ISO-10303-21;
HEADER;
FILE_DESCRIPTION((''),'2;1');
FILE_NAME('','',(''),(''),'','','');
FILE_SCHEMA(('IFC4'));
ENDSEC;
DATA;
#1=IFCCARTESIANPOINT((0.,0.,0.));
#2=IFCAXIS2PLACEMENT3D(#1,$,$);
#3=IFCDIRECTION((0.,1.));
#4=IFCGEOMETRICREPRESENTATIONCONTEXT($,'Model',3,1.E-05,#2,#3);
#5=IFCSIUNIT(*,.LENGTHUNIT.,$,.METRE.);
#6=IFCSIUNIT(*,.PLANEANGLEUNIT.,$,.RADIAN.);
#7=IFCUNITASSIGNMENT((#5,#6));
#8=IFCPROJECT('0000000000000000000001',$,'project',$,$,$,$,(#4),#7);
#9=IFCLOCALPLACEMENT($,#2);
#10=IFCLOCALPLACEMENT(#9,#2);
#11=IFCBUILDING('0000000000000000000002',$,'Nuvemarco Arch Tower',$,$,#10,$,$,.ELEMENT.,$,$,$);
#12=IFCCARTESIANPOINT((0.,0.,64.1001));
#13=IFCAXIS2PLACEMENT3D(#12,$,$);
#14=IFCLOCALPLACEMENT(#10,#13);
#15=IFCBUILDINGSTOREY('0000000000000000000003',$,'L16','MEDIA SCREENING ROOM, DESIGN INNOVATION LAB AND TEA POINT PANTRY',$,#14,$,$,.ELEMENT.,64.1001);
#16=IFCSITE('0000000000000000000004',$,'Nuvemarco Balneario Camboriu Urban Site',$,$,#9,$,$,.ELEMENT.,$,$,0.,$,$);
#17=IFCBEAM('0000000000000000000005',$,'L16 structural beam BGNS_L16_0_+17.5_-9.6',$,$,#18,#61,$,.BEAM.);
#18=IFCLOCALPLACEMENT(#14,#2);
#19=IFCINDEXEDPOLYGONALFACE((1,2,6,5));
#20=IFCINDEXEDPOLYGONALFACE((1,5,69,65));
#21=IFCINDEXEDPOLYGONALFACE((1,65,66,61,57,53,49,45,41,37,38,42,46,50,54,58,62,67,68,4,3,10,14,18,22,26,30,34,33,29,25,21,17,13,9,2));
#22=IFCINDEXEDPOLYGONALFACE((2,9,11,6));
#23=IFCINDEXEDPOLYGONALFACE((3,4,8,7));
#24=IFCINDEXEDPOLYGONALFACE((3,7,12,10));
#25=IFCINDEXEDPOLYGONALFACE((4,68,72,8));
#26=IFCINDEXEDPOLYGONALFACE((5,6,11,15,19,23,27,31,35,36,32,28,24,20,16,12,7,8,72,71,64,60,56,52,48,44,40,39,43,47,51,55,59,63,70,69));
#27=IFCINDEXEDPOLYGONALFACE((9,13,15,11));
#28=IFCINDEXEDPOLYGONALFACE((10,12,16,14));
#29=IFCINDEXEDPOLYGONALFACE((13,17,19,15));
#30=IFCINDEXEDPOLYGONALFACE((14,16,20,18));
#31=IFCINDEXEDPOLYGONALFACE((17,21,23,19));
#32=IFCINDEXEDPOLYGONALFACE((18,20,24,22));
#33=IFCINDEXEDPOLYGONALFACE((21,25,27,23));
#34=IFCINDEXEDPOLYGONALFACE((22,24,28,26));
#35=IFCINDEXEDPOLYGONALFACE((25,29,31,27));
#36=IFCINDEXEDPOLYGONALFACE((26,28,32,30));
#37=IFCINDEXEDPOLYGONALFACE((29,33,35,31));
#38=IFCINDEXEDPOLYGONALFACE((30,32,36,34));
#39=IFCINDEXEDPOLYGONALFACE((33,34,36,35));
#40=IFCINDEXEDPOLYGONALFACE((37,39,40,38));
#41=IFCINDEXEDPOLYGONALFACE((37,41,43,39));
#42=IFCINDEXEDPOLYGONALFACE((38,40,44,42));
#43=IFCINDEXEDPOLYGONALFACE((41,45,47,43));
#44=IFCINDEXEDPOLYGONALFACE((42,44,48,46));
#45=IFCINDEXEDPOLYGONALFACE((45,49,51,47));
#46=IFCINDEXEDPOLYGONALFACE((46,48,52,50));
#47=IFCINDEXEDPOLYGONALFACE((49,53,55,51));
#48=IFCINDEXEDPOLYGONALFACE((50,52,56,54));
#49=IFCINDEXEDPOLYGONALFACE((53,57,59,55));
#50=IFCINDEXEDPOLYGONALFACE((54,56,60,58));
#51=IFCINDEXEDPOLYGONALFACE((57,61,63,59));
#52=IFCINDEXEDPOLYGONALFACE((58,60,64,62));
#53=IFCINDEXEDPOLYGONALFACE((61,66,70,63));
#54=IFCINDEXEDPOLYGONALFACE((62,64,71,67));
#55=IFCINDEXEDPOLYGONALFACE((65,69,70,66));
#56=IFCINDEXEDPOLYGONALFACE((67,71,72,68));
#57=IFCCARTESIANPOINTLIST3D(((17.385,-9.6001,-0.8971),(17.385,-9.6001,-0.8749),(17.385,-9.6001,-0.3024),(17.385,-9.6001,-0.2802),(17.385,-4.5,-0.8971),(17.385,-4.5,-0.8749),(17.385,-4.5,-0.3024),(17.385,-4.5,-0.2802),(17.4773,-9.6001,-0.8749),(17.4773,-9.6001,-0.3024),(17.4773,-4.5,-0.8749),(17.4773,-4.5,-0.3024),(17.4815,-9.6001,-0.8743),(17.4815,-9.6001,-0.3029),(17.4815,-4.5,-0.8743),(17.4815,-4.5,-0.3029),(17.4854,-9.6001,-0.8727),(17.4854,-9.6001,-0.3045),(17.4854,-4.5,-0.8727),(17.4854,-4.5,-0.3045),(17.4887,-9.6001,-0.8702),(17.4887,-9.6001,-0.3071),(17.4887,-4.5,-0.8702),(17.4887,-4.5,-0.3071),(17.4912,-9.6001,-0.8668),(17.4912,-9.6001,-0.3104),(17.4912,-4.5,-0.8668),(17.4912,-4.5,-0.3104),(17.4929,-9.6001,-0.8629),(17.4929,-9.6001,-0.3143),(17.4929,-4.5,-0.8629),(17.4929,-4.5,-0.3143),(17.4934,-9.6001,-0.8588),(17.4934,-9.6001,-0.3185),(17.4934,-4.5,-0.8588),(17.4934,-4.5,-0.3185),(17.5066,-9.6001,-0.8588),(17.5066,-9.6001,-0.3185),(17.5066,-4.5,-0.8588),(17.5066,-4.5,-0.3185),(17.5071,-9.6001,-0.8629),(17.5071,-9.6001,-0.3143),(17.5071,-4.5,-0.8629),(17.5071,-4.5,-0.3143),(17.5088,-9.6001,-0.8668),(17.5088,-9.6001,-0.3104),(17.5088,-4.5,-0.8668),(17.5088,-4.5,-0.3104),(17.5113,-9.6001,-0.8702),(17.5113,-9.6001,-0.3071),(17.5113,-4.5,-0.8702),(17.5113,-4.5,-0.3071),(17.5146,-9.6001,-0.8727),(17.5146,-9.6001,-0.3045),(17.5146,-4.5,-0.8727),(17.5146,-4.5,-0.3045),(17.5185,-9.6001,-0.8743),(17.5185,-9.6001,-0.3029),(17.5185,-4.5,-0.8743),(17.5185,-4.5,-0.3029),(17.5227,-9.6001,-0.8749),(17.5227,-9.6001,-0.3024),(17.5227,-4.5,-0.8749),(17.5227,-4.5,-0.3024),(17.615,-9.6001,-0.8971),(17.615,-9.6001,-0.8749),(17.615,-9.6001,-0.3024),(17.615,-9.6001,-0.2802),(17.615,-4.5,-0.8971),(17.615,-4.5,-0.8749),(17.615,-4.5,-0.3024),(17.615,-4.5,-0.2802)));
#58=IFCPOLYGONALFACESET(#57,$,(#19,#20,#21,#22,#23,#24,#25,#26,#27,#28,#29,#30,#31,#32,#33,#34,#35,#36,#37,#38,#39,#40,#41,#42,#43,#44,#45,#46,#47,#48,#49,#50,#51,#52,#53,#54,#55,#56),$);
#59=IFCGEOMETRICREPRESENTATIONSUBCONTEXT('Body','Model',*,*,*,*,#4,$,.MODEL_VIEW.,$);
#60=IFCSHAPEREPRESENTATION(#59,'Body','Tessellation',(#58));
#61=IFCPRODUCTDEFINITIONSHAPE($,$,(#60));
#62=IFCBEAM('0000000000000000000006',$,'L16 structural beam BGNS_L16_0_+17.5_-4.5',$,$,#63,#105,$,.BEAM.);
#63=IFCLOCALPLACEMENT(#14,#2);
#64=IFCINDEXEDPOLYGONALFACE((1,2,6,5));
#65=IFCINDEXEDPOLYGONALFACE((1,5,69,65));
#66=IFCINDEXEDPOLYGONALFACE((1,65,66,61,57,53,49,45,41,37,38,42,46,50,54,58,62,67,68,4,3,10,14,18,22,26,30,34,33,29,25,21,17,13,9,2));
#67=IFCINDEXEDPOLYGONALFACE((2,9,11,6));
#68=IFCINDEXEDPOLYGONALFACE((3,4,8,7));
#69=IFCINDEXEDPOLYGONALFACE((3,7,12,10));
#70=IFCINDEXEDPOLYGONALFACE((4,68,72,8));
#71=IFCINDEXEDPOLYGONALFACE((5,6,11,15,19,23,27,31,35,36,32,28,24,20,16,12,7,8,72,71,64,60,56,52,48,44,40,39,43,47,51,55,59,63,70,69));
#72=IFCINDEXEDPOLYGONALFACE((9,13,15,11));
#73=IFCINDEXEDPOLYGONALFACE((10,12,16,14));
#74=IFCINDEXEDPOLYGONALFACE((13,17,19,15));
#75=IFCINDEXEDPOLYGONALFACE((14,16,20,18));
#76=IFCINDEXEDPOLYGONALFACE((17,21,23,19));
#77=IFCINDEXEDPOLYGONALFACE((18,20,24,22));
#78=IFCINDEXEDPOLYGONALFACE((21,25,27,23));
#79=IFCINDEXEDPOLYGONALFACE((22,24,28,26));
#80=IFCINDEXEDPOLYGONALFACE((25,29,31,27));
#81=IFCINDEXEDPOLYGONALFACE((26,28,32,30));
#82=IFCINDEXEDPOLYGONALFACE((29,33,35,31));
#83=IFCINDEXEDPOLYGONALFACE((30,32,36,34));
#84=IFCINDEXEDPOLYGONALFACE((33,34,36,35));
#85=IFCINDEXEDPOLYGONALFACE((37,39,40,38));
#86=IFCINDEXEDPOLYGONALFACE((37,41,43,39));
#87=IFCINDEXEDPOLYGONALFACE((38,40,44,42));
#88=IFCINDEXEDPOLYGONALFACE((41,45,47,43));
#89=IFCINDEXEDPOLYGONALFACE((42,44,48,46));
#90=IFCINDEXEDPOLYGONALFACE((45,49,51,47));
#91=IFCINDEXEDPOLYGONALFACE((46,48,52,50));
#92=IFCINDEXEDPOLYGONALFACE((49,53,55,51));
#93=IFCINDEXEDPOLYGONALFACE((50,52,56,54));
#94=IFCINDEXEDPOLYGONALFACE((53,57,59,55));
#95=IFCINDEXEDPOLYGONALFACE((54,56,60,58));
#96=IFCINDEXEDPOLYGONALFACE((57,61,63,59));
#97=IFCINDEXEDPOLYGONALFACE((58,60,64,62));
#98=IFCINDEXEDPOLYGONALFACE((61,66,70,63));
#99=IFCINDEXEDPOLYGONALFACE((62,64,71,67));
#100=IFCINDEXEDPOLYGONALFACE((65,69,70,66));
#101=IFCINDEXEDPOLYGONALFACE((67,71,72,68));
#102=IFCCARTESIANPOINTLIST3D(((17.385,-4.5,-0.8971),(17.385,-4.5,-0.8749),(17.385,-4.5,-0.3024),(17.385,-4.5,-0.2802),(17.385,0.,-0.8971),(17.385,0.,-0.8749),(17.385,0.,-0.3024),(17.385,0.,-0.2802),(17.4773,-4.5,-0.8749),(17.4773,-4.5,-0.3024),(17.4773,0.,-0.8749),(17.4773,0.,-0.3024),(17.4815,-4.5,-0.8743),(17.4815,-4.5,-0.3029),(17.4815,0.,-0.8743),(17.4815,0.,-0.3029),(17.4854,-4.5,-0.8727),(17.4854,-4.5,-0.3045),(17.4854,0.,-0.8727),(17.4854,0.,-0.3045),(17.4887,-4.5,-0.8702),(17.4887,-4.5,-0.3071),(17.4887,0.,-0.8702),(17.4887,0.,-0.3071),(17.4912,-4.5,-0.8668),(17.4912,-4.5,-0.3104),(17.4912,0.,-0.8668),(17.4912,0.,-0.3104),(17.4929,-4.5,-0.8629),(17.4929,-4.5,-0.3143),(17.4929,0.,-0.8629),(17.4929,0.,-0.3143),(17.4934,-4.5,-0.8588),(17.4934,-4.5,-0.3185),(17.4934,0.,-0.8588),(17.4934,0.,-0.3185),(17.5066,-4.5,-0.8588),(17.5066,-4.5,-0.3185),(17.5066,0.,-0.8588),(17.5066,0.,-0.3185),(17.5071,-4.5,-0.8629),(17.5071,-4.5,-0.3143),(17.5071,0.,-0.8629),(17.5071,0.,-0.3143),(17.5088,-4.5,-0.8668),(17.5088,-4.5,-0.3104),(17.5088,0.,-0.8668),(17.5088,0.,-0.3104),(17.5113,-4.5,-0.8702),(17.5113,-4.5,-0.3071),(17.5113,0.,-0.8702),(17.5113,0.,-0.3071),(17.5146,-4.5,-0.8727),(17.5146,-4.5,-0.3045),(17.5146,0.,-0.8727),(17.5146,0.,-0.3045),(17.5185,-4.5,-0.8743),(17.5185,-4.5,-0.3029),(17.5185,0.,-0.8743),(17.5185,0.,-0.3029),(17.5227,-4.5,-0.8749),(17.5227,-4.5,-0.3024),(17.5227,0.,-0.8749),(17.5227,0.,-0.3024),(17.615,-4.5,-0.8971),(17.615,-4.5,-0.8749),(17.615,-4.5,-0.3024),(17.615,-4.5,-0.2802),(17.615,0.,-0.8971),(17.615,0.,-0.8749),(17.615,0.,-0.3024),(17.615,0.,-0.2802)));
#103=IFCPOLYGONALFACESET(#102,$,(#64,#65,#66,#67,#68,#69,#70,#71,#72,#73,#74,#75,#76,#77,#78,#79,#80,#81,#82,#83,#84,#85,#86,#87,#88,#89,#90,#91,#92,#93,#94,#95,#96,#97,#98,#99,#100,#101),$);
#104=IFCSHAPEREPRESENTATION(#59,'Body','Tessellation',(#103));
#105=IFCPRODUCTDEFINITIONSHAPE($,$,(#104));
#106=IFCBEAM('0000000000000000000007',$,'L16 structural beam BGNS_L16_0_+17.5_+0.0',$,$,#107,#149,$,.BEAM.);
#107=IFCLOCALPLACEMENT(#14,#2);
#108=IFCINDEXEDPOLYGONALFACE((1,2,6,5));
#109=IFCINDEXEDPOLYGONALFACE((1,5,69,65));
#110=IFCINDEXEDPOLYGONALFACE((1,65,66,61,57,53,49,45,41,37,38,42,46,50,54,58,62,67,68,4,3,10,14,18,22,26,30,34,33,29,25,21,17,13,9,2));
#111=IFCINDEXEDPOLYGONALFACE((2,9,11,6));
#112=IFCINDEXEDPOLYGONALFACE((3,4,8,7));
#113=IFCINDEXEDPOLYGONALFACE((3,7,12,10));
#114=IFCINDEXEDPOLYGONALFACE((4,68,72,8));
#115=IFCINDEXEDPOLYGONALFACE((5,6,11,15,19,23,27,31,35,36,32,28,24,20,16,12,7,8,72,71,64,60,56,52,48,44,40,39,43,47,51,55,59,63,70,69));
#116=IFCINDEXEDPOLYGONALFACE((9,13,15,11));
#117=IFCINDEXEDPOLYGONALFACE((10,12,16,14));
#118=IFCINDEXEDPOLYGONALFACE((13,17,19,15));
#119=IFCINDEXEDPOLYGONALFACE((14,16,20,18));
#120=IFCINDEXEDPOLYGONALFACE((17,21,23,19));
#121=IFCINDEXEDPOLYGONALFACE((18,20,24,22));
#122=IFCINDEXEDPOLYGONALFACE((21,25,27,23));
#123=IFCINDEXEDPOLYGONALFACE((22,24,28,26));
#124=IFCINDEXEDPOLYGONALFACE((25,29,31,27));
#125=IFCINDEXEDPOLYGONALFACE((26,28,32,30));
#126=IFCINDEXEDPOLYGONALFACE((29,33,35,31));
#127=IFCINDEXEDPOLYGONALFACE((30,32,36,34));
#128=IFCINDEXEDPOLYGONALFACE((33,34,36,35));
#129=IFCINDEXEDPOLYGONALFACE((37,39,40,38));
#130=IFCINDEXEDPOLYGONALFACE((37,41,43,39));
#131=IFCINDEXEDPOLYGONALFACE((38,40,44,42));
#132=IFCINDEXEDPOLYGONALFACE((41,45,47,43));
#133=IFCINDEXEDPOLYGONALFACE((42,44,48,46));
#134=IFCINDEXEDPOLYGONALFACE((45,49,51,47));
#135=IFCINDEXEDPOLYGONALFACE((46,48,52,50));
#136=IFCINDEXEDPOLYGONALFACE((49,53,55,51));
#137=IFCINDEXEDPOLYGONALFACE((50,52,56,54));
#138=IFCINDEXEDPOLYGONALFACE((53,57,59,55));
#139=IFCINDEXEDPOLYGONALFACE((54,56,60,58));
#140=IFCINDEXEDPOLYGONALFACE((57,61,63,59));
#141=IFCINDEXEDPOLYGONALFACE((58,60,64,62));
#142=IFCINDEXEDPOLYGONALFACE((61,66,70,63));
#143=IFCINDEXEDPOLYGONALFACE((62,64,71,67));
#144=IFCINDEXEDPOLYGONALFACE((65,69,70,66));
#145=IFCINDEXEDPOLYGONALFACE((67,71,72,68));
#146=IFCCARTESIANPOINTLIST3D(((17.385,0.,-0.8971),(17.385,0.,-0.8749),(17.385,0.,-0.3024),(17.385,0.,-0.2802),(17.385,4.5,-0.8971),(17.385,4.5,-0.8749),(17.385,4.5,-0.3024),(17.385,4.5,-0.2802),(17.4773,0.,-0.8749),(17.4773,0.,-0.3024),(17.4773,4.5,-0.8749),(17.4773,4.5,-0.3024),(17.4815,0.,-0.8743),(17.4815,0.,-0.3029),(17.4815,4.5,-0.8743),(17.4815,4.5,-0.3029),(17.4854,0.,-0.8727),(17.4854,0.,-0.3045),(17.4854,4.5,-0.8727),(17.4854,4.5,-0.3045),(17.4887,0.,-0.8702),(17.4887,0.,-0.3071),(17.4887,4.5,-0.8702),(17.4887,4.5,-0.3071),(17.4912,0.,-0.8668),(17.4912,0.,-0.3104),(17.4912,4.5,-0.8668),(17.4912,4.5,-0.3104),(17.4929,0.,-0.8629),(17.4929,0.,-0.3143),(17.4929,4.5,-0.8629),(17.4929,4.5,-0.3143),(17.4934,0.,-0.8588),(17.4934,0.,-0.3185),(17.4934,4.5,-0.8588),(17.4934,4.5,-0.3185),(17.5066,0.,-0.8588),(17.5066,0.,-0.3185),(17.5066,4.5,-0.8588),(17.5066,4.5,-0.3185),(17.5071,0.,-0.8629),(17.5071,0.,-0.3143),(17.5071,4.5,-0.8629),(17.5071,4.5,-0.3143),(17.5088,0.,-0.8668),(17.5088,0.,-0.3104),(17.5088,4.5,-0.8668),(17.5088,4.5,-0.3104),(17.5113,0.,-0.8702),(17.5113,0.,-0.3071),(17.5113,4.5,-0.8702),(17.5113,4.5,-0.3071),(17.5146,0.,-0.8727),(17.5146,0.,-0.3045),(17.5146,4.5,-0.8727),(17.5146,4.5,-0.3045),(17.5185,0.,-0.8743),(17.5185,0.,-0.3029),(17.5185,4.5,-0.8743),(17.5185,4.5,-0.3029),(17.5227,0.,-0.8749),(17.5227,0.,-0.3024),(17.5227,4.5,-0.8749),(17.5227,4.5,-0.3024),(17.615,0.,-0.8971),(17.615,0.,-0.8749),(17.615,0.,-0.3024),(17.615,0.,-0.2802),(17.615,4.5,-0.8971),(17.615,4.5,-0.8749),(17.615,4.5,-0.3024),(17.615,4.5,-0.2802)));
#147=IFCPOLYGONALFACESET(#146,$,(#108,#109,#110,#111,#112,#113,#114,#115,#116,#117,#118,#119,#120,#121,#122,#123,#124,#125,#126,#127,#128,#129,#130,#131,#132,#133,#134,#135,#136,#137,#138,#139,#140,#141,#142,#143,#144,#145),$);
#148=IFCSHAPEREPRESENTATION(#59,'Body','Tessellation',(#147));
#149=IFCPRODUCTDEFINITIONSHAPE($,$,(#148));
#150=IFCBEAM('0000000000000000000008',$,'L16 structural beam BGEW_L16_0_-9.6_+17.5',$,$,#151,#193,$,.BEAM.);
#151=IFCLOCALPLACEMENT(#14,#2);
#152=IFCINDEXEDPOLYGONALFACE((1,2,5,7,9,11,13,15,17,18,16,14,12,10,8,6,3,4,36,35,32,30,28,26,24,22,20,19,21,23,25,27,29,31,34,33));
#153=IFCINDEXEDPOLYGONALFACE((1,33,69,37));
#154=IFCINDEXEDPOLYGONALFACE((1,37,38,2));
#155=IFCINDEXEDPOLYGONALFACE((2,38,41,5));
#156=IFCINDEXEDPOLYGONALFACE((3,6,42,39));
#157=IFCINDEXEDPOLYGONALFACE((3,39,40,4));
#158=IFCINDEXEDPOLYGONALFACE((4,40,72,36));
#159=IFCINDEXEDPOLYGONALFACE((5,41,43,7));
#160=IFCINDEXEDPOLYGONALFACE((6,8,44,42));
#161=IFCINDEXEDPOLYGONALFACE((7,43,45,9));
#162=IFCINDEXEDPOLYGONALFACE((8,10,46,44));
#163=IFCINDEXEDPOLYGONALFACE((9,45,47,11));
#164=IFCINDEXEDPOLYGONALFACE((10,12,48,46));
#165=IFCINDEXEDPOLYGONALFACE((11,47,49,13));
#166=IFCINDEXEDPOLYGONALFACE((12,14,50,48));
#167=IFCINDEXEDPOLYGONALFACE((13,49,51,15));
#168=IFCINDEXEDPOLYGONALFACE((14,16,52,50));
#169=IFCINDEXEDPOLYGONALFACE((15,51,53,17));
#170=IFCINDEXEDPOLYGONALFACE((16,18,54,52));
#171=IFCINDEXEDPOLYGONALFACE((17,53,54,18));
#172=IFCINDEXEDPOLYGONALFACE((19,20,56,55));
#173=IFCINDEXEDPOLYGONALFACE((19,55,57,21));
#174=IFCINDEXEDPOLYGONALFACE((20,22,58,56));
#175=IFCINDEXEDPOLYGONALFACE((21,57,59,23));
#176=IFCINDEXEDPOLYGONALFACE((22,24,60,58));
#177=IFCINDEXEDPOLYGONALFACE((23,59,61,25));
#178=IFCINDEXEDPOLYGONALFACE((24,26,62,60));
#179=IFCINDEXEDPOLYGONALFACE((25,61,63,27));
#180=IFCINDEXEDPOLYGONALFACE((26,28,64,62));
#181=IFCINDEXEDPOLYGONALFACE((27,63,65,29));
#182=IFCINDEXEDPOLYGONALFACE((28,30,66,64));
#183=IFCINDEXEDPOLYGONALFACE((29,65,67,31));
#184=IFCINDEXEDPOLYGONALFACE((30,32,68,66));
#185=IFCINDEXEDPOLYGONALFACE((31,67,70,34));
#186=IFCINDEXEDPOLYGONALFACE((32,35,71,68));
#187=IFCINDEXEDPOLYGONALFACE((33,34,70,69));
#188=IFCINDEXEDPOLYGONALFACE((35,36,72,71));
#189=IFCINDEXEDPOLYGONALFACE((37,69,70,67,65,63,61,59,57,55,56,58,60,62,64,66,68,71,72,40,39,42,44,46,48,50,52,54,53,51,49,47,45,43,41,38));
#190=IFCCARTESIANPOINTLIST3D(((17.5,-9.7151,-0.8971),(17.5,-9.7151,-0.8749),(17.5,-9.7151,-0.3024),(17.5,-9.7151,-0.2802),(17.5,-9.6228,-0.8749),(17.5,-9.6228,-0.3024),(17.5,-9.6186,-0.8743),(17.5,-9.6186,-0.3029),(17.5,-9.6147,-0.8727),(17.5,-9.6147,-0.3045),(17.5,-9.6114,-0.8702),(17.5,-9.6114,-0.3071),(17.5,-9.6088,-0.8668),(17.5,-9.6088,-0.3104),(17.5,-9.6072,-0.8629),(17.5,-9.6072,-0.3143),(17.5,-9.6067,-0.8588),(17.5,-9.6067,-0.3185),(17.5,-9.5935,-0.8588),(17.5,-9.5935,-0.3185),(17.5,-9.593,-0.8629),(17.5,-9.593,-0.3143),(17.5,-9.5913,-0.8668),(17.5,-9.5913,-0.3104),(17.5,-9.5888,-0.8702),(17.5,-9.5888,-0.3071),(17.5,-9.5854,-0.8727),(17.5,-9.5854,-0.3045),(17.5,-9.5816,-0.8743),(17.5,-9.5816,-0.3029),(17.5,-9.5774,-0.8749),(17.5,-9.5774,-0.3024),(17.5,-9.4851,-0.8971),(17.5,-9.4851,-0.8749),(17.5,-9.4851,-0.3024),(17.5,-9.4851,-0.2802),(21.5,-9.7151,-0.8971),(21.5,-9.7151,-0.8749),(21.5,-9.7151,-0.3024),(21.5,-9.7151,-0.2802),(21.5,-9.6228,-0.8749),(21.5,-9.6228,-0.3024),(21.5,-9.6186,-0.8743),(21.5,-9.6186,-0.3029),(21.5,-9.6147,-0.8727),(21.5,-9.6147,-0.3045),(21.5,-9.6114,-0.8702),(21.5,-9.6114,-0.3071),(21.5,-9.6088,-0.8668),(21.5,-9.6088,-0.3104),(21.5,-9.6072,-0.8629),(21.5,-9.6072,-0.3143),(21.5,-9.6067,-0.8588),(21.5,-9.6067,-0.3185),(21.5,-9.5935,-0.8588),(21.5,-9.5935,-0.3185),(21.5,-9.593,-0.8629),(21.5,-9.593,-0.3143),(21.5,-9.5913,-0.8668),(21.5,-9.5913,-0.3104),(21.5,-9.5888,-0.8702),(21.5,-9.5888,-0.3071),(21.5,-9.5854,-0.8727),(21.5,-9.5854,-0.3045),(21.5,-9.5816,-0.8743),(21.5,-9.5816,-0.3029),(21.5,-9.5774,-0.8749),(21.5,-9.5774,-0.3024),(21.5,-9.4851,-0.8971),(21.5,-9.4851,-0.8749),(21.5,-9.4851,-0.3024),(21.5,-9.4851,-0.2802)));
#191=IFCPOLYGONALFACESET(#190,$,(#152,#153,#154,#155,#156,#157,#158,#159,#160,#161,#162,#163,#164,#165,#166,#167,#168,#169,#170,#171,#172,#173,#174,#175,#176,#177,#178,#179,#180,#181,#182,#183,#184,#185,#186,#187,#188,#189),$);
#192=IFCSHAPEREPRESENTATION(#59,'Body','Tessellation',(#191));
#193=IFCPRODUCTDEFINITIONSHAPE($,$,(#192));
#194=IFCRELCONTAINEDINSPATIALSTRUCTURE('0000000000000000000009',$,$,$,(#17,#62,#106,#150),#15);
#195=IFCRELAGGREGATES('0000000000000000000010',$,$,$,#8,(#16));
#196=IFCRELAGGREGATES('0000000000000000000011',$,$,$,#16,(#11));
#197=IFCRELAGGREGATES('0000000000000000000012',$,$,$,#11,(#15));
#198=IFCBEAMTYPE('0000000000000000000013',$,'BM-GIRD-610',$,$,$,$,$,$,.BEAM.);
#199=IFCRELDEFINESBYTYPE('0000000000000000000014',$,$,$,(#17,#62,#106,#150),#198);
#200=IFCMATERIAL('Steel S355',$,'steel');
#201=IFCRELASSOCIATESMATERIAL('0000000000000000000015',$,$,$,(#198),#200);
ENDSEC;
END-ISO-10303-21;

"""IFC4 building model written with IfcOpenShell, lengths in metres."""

from ifc_helpers import new_model, si_unit, direction, frame, origin, origin_2d, place, context, subcontext, project, spatial, i_section, extrude, material, material_profile, profile_set, type_object, element, save


model = new_model("IFC4")

# Units and contexts
model_context = context("Model", 3, precision=1e-05, world=origin(), true_north=direction((0.0, 1.0)))
body_context = subcontext(model_context, "Body", "Model", "MODEL_VIEW")
ifc_project = project(units=[si_unit("LENGTHUNIT", "METRE"), si_unit("PLANEANGLEUNIT", "RADIAN")], contexts=[model_context])

# Site, building, storey
site_placement = place(None, origin())
site = spatial("IfcSite", under=ifc_project, at=site_placement, Name="Nuvemarco Balneario Camboriu Urban Site", CompositionType="ELEMENT", RefElevation=0.0)
building_placement = place(site_placement, origin())
building = spatial("IfcBuilding", under=site, at=building_placement, Name="Nuvemarco Arch Tower", CompositionType="ELEMENT")
storey_placement = place(building_placement, frame((0.0, 0.0, 64.1001)))
storey = spatial("IfcBuildingStorey", under=building, at=storey_placement, Name="L16", Description="MEDIA SCREENING ROOM, DESIGN INNOVATION LAB AND TEA POINT PANTRY", CompositionType="ELEMENT", Elevation=64.1001)

# Beams
ifc_material_1 = material(Name="Steel S355", Category="steel")
ifc_material_profile_1 = material_profile(ifc_material_1, i_section(OverallWidth=0.23, OverallDepth=0.6169, WebThickness=0.0132, FlangeThickness=0.0222, FilletRadius=0.0161, at=origin_2d()), Name="W610x140")
ifc_profile_set_1 = profile_set([ifc_material_profile_1], Name="Steel S355")
beam_type_1 = type_object("IfcBeamType", Name="BM-GIRD-610", PredefinedType="BEAM", material=ifc_profile_set_1)
beam_1_placement = place(storey_placement, frame((17.5, -9.6001, -0.5886), z_axis=(0.0, 1.0, 0.0), x_axis=(-1.0, 0.0, 0.0)))
element("IfcBeam", 1, at=beam_1_placement, inside=storey, type_object=beam_type_1, Name="L16 structural beam BGNS_L16_0_+17.5_-9.6", PredefinedType="BEAM", context=body_context, shape_type="SweptSolid", body=[
    extrude(i_section(OverallWidth=0.23, OverallDepth=0.6169, WebThickness=0.0132, FlangeThickness=0.0222, FilletRadius=0.0161, at=origin_2d()), origin(), (0.0, 0.0, 1.0), 5.1001),
])
for number, where, z_axis, x_axis, name in (
    (2, (17.5, -4.5, -0.5886), (0.0, 1.0, 0.0), (-1.0, 0.0, 0.0), "L16 structural beam BGNS_L16_0_+17.5_-4.5"),
    (3, (17.5, 0.0, -0.5886), (0.0, 1.0, 0.0), (-1.0, 0.0, 0.0), "L16 structural beam BGNS_L16_0_+17.5_+0.0"),
):
    element("IfcBeam", number, at=place(storey_placement, frame(where, z_axis=z_axis, x_axis=x_axis)), inside=storey, type_object=beam_type_1, Name=name, PredefinedType="BEAM", context=body_context, shape_type="SweptSolid", body=[
        extrude(i_section(OverallWidth=0.23, OverallDepth=0.6169, WebThickness=0.0132, FlangeThickness=0.0222, FilletRadius=0.0161, at=origin_2d()), origin(), (0.0, 0.0, 1.0), 4.5),
    ])
beam_2_placement = place(storey_placement, frame((17.5, -9.6001, -0.5886), z_axis=(1.0, 0.0, 0.0), x_axis=(0.0, 1.0, 0.0)))
element("IfcBeam", 4, at=beam_2_placement, inside=storey, type_object=beam_type_1, Name="L16 structural beam BGEW_L16_0_-9.6_+17.5", PredefinedType="BEAM", context=body_context, shape_type="SweptSolid", body=[
    extrude(i_section(OverallWidth=0.23, OverallDepth=0.6169, WebThickness=0.0132, FlangeThickness=0.0222, FilletRadius=0.0161, at=origin_2d()), origin(), (0.0, 0.0, 1.0), 4.0),
])

save(model, "model.ifc")
